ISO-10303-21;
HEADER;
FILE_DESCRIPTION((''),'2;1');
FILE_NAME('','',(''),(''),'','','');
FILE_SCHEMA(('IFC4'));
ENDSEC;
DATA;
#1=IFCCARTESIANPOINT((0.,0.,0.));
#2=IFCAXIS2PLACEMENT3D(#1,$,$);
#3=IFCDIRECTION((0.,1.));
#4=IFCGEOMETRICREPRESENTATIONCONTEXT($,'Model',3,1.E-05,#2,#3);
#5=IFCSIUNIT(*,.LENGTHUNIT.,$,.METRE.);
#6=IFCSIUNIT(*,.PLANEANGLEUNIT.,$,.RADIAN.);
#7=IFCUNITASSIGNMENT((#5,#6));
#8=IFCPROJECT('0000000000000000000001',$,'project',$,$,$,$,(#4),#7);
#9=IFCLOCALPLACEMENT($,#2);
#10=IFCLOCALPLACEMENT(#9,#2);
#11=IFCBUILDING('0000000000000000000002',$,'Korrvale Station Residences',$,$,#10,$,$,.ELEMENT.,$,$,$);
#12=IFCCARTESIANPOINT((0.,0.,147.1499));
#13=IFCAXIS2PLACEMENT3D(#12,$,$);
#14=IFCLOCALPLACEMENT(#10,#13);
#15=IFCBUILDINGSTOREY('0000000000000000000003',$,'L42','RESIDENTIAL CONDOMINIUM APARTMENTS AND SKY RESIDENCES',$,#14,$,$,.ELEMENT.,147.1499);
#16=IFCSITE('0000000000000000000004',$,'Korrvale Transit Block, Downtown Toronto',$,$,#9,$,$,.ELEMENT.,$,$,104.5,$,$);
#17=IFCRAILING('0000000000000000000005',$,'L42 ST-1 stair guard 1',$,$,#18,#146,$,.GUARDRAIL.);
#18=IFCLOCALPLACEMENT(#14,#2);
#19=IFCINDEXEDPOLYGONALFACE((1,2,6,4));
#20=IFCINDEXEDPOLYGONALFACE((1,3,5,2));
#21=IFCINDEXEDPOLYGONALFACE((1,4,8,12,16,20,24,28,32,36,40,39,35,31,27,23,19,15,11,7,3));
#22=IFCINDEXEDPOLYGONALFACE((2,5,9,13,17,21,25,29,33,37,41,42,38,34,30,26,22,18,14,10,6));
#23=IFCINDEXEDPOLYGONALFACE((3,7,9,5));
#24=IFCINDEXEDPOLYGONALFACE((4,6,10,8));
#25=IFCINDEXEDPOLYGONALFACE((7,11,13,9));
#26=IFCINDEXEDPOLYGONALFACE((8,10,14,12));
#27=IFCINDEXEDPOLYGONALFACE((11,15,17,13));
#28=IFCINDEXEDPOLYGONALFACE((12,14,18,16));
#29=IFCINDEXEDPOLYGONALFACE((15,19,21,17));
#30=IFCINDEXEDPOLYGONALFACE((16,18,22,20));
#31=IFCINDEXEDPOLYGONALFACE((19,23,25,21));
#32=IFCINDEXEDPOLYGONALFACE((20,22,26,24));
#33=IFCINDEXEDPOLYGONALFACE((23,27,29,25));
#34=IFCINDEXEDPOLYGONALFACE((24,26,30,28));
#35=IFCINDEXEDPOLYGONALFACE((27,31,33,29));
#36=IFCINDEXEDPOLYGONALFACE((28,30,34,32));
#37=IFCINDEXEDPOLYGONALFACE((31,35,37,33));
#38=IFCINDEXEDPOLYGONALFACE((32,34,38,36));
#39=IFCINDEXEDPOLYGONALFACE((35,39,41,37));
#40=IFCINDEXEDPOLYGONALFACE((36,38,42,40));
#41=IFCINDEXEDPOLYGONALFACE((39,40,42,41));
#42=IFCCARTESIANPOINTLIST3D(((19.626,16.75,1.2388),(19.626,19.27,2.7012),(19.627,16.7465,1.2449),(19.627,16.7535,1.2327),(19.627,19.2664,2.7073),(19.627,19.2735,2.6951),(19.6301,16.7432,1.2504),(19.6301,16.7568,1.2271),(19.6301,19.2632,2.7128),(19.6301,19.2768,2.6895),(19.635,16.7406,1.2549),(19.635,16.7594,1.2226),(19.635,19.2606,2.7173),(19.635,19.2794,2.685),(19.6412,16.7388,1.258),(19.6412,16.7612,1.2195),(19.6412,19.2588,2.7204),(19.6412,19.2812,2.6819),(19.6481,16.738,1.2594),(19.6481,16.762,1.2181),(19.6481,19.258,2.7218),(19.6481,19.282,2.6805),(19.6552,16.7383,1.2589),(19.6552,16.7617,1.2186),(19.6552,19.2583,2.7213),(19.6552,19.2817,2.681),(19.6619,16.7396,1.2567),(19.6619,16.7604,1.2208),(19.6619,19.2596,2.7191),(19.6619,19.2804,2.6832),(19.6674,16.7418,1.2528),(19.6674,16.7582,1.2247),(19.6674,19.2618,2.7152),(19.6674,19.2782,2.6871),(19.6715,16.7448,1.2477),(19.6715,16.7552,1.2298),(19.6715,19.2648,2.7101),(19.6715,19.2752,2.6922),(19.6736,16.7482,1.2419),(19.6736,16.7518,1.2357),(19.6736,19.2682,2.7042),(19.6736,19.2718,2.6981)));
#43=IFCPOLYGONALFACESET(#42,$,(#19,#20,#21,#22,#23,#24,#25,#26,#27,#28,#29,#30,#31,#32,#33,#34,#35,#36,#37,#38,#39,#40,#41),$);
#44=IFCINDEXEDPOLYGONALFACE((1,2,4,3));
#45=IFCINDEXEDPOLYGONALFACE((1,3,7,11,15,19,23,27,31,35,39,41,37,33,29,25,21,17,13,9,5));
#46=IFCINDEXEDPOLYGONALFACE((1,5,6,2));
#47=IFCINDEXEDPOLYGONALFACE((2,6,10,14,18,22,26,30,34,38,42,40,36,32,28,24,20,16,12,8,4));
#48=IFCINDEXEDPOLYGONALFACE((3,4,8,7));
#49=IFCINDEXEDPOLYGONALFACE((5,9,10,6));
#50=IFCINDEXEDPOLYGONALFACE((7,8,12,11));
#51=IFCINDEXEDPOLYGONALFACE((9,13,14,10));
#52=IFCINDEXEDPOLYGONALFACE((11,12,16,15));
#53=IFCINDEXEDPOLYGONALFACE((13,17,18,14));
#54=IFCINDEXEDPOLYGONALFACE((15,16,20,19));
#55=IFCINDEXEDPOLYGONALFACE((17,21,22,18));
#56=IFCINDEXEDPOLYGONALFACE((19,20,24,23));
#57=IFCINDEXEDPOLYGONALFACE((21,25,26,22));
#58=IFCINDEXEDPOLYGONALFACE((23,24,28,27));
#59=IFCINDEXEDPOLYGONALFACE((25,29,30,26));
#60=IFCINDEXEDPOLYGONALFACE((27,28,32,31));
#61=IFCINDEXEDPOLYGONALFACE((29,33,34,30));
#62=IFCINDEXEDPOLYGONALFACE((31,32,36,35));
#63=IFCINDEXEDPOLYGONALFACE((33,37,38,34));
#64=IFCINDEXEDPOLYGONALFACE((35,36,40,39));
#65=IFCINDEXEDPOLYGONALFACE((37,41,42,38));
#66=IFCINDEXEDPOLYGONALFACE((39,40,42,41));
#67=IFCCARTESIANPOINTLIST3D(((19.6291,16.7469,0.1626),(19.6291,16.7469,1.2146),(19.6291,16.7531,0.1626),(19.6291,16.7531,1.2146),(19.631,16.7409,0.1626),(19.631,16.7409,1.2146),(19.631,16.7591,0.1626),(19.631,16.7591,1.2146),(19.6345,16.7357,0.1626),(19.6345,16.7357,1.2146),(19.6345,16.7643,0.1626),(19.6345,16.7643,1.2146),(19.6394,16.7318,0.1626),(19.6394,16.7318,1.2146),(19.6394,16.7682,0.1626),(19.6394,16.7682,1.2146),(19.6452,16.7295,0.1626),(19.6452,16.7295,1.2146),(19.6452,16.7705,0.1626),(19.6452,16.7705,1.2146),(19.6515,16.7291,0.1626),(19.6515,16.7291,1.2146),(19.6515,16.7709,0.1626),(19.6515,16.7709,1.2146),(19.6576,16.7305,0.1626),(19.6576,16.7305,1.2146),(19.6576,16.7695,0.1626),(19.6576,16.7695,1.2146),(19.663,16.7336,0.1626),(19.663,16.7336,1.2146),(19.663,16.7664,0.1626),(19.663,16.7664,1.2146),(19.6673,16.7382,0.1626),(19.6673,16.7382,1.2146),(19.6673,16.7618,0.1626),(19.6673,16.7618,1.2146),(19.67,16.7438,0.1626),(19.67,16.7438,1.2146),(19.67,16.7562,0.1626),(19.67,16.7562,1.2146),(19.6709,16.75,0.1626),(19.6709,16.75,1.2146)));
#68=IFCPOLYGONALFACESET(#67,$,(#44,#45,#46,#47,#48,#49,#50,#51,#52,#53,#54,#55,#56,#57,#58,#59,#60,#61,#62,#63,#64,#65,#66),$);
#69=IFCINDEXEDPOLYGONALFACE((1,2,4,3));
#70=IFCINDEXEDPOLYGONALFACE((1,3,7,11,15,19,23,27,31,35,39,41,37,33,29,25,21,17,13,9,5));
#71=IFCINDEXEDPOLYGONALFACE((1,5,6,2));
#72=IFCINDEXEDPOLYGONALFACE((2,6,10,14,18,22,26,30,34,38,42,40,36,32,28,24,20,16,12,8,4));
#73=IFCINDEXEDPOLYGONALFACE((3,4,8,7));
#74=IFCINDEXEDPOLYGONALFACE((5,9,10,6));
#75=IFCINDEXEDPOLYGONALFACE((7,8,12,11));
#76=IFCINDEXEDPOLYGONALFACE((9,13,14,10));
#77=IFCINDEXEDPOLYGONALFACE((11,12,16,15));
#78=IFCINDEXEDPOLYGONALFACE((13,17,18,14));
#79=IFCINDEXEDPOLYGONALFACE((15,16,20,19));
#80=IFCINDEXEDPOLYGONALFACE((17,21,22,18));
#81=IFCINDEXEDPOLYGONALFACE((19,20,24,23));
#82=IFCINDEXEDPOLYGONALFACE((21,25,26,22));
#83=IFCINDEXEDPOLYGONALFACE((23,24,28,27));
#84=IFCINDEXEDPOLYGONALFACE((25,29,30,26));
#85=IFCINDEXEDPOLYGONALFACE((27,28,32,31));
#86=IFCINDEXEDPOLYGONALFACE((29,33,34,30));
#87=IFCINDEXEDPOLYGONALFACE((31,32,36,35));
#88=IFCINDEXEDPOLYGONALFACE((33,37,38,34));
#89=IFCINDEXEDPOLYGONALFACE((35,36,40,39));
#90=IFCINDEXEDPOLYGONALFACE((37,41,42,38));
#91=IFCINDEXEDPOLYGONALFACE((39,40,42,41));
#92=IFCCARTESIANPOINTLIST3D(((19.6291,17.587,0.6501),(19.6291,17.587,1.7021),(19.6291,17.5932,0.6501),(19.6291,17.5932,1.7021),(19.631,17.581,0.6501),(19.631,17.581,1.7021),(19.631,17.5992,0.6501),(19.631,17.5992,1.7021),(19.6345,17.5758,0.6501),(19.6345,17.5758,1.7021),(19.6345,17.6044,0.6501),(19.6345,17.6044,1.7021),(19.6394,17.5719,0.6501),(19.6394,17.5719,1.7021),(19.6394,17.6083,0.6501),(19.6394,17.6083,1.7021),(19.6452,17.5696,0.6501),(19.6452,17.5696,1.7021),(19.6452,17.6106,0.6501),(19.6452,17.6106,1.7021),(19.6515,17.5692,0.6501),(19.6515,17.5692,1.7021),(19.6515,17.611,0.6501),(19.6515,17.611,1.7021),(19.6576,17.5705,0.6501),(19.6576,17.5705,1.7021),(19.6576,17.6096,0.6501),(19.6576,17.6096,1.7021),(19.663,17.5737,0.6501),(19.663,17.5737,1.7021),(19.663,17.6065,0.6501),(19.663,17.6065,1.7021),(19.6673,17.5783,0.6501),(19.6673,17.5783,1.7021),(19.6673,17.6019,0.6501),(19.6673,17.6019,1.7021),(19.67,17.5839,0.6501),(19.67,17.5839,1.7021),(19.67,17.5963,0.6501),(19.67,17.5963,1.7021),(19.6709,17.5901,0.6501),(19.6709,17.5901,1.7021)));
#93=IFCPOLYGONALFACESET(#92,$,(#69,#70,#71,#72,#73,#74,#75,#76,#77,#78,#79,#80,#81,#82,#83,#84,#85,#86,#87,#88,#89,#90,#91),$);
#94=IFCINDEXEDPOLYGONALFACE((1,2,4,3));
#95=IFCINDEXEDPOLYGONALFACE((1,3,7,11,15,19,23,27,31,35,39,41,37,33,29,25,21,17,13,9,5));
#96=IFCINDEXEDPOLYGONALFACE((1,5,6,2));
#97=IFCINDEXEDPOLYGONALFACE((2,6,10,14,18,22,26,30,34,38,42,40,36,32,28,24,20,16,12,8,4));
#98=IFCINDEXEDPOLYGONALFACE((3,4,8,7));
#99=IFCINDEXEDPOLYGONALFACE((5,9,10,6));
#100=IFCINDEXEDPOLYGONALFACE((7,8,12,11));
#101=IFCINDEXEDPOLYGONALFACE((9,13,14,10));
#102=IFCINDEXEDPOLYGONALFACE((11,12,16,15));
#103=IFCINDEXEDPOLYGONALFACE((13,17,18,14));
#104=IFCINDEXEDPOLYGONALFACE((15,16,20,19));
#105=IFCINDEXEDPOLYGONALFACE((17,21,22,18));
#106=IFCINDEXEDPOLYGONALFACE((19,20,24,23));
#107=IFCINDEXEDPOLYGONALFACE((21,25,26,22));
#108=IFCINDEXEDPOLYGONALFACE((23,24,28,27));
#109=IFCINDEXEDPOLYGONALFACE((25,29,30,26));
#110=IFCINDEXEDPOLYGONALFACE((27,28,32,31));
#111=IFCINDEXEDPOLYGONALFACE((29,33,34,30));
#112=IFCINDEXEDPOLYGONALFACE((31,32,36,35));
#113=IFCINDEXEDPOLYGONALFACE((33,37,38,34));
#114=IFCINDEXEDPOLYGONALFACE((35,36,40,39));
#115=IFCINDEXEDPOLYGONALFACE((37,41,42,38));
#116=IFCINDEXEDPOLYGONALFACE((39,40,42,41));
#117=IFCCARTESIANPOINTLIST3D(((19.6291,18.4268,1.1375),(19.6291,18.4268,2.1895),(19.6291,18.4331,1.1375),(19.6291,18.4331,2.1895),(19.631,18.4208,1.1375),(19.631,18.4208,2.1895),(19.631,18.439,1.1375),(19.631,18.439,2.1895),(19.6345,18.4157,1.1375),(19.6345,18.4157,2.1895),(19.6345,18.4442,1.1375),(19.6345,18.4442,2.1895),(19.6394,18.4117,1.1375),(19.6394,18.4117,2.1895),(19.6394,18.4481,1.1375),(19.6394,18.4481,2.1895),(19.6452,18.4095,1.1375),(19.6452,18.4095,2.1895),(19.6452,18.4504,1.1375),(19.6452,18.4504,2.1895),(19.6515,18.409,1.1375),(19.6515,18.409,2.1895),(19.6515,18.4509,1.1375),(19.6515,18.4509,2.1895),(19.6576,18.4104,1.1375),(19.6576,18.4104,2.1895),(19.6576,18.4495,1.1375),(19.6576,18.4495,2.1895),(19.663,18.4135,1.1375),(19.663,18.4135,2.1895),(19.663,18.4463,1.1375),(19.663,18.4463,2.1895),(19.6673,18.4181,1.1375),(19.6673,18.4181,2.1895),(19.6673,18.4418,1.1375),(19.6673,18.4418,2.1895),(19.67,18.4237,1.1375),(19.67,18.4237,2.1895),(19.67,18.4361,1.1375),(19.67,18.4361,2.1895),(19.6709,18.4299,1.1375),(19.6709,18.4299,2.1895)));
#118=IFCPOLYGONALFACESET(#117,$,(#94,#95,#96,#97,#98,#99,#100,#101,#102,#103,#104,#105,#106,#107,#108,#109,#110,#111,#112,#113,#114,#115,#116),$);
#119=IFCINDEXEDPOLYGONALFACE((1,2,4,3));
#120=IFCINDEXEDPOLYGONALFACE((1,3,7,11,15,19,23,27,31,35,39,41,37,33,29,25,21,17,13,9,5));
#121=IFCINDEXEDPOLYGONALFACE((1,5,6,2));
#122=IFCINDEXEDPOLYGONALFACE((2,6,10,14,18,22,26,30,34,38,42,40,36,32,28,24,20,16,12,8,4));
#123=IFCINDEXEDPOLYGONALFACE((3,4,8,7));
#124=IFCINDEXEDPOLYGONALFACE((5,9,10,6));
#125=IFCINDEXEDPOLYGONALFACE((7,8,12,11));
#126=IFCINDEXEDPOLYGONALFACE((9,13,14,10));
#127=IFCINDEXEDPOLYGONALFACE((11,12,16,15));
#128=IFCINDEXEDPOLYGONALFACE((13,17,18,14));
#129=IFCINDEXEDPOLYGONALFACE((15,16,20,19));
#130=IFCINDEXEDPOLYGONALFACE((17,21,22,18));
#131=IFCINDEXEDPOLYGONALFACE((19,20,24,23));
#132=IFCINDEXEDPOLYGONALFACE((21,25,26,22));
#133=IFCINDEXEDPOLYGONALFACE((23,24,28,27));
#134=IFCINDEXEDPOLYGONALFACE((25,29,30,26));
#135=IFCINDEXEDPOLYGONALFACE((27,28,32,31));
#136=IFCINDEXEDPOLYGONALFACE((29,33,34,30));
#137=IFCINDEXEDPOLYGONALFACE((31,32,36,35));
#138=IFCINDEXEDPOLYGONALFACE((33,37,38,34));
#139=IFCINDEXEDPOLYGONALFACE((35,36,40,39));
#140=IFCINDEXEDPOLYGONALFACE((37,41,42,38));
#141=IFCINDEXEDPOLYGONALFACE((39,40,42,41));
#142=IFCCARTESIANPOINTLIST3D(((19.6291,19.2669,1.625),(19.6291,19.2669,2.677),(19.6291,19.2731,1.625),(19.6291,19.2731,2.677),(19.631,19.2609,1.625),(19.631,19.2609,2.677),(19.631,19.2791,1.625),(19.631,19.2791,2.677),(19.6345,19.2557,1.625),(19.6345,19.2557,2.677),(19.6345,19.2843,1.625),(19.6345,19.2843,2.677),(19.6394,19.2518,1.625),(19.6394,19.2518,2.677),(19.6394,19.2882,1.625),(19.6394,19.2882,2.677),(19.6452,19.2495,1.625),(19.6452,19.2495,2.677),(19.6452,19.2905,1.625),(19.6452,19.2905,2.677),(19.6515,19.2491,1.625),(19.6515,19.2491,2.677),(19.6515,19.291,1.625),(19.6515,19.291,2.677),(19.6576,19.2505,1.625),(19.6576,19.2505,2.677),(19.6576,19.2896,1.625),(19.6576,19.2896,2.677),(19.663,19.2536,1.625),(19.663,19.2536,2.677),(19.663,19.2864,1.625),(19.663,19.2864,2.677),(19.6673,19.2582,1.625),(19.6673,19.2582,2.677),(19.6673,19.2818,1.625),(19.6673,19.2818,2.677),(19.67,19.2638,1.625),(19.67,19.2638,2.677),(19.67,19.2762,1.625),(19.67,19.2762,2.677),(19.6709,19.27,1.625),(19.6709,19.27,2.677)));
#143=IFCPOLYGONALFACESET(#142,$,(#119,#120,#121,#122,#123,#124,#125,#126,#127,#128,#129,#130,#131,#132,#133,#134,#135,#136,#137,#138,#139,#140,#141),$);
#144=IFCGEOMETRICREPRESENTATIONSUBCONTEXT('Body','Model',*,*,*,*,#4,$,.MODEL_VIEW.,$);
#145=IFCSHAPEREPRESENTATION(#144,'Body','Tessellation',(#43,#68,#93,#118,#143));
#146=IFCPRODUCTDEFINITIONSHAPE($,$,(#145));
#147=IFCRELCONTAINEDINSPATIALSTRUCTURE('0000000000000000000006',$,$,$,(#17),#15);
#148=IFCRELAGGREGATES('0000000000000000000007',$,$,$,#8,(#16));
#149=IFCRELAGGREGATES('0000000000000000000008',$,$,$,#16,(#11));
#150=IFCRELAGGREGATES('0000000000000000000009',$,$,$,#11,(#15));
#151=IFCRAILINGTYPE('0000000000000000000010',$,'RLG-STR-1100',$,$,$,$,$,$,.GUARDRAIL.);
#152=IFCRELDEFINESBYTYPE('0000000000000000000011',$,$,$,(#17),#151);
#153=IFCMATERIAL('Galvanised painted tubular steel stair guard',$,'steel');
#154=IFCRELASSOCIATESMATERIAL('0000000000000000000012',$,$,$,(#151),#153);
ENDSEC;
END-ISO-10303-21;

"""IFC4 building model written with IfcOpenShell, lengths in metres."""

from ifc_helpers import new_model, si_unit, direction, frame, origin, origin_2d, place, context, subcontext, project, spatial, circle, extrude, material, type_object, element, save


model = new_model("IFC4")

# Units and contexts
model_context = context("Model", 3, precision=1e-05, world=origin(), true_north=direction((0.0, 1.0)))
body_context = subcontext(model_context, "Body", "Model", "MODEL_VIEW")
ifc_project = project(units=[si_unit("LENGTHUNIT", "METRE"), si_unit("PLANEANGLEUNIT", "RADIAN")], contexts=[model_context])

# Site, building, storey
site_placement = place(None, origin())
site = spatial("IfcSite", under=ifc_project, at=site_placement, Name="Korrvale Transit Block, Downtown Toronto", CompositionType="ELEMENT", RefElevation=104.5)
building_placement = place(site_placement, origin())
building = spatial("IfcBuilding", under=site, at=building_placement, Name="Korrvale Station Residences", CompositionType="ELEMENT")
storey_placement = place(building_placement, frame((0.0, 0.0, 147.1499)))
storey = spatial("IfcBuildingStorey", under=building, at=storey_placement, Name="L42", Description="RESIDENTIAL CONDOMINIUM APARTMENTS AND SKY RESIDENCES", CompositionType="ELEMENT", Elevation=147.1499)

# Railing
ifc_material_1 = material(Name="Galvanised painted tubular steel stair guard", Category="steel")
railing_type_1 = type_object("IfcRailingType", Name="RLG-STR-1100", PredefinedType="GUARDRAIL", material=ifc_material_1)
railing_1_placement = place(storey_placement, frame((19.6499, 16.75, 0.1626)))
element("IfcRailing", 1, at=railing_1_placement, inside=storey, type_object=railing_type_1, Name="L42 ST-1 stair guard 1", PredefinedType="GUARDRAIL", context=body_context, shape_type="SweptSolid", body=[
    extrude(circle(Radius=0.0239, at=origin_2d()), frame((0.0, 0.0, 1.0762), z_axis=(0.0, 0.864913, 0.501921), x_axis=(-1.0, 0.0, 0.0)), (0.0, 0.0, 1.0), 2.9136),
    extrude(circle(Radius=0.021, at=origin_2d()), origin(), (0.0, 0.0, 1.0), 1.052),
    extrude(circle(Radius=0.021, at=origin_2d()), frame((0.0, 0.8401, 0.4875)), (0.0, 0.0, 1.0), 1.052),
    extrude(circle(Radius=0.021, at=origin_2d()), frame((0.0, 1.6799, 0.9749)), (0.0, 0.0, 1.0), 1.052),
    extrude(circle(Radius=0.021, at=origin_2d()), frame((0.0, 2.52, 1.4624)), (0.0, 0.0, 1.0), 1.052),
])

save(model, "model.ifc")
